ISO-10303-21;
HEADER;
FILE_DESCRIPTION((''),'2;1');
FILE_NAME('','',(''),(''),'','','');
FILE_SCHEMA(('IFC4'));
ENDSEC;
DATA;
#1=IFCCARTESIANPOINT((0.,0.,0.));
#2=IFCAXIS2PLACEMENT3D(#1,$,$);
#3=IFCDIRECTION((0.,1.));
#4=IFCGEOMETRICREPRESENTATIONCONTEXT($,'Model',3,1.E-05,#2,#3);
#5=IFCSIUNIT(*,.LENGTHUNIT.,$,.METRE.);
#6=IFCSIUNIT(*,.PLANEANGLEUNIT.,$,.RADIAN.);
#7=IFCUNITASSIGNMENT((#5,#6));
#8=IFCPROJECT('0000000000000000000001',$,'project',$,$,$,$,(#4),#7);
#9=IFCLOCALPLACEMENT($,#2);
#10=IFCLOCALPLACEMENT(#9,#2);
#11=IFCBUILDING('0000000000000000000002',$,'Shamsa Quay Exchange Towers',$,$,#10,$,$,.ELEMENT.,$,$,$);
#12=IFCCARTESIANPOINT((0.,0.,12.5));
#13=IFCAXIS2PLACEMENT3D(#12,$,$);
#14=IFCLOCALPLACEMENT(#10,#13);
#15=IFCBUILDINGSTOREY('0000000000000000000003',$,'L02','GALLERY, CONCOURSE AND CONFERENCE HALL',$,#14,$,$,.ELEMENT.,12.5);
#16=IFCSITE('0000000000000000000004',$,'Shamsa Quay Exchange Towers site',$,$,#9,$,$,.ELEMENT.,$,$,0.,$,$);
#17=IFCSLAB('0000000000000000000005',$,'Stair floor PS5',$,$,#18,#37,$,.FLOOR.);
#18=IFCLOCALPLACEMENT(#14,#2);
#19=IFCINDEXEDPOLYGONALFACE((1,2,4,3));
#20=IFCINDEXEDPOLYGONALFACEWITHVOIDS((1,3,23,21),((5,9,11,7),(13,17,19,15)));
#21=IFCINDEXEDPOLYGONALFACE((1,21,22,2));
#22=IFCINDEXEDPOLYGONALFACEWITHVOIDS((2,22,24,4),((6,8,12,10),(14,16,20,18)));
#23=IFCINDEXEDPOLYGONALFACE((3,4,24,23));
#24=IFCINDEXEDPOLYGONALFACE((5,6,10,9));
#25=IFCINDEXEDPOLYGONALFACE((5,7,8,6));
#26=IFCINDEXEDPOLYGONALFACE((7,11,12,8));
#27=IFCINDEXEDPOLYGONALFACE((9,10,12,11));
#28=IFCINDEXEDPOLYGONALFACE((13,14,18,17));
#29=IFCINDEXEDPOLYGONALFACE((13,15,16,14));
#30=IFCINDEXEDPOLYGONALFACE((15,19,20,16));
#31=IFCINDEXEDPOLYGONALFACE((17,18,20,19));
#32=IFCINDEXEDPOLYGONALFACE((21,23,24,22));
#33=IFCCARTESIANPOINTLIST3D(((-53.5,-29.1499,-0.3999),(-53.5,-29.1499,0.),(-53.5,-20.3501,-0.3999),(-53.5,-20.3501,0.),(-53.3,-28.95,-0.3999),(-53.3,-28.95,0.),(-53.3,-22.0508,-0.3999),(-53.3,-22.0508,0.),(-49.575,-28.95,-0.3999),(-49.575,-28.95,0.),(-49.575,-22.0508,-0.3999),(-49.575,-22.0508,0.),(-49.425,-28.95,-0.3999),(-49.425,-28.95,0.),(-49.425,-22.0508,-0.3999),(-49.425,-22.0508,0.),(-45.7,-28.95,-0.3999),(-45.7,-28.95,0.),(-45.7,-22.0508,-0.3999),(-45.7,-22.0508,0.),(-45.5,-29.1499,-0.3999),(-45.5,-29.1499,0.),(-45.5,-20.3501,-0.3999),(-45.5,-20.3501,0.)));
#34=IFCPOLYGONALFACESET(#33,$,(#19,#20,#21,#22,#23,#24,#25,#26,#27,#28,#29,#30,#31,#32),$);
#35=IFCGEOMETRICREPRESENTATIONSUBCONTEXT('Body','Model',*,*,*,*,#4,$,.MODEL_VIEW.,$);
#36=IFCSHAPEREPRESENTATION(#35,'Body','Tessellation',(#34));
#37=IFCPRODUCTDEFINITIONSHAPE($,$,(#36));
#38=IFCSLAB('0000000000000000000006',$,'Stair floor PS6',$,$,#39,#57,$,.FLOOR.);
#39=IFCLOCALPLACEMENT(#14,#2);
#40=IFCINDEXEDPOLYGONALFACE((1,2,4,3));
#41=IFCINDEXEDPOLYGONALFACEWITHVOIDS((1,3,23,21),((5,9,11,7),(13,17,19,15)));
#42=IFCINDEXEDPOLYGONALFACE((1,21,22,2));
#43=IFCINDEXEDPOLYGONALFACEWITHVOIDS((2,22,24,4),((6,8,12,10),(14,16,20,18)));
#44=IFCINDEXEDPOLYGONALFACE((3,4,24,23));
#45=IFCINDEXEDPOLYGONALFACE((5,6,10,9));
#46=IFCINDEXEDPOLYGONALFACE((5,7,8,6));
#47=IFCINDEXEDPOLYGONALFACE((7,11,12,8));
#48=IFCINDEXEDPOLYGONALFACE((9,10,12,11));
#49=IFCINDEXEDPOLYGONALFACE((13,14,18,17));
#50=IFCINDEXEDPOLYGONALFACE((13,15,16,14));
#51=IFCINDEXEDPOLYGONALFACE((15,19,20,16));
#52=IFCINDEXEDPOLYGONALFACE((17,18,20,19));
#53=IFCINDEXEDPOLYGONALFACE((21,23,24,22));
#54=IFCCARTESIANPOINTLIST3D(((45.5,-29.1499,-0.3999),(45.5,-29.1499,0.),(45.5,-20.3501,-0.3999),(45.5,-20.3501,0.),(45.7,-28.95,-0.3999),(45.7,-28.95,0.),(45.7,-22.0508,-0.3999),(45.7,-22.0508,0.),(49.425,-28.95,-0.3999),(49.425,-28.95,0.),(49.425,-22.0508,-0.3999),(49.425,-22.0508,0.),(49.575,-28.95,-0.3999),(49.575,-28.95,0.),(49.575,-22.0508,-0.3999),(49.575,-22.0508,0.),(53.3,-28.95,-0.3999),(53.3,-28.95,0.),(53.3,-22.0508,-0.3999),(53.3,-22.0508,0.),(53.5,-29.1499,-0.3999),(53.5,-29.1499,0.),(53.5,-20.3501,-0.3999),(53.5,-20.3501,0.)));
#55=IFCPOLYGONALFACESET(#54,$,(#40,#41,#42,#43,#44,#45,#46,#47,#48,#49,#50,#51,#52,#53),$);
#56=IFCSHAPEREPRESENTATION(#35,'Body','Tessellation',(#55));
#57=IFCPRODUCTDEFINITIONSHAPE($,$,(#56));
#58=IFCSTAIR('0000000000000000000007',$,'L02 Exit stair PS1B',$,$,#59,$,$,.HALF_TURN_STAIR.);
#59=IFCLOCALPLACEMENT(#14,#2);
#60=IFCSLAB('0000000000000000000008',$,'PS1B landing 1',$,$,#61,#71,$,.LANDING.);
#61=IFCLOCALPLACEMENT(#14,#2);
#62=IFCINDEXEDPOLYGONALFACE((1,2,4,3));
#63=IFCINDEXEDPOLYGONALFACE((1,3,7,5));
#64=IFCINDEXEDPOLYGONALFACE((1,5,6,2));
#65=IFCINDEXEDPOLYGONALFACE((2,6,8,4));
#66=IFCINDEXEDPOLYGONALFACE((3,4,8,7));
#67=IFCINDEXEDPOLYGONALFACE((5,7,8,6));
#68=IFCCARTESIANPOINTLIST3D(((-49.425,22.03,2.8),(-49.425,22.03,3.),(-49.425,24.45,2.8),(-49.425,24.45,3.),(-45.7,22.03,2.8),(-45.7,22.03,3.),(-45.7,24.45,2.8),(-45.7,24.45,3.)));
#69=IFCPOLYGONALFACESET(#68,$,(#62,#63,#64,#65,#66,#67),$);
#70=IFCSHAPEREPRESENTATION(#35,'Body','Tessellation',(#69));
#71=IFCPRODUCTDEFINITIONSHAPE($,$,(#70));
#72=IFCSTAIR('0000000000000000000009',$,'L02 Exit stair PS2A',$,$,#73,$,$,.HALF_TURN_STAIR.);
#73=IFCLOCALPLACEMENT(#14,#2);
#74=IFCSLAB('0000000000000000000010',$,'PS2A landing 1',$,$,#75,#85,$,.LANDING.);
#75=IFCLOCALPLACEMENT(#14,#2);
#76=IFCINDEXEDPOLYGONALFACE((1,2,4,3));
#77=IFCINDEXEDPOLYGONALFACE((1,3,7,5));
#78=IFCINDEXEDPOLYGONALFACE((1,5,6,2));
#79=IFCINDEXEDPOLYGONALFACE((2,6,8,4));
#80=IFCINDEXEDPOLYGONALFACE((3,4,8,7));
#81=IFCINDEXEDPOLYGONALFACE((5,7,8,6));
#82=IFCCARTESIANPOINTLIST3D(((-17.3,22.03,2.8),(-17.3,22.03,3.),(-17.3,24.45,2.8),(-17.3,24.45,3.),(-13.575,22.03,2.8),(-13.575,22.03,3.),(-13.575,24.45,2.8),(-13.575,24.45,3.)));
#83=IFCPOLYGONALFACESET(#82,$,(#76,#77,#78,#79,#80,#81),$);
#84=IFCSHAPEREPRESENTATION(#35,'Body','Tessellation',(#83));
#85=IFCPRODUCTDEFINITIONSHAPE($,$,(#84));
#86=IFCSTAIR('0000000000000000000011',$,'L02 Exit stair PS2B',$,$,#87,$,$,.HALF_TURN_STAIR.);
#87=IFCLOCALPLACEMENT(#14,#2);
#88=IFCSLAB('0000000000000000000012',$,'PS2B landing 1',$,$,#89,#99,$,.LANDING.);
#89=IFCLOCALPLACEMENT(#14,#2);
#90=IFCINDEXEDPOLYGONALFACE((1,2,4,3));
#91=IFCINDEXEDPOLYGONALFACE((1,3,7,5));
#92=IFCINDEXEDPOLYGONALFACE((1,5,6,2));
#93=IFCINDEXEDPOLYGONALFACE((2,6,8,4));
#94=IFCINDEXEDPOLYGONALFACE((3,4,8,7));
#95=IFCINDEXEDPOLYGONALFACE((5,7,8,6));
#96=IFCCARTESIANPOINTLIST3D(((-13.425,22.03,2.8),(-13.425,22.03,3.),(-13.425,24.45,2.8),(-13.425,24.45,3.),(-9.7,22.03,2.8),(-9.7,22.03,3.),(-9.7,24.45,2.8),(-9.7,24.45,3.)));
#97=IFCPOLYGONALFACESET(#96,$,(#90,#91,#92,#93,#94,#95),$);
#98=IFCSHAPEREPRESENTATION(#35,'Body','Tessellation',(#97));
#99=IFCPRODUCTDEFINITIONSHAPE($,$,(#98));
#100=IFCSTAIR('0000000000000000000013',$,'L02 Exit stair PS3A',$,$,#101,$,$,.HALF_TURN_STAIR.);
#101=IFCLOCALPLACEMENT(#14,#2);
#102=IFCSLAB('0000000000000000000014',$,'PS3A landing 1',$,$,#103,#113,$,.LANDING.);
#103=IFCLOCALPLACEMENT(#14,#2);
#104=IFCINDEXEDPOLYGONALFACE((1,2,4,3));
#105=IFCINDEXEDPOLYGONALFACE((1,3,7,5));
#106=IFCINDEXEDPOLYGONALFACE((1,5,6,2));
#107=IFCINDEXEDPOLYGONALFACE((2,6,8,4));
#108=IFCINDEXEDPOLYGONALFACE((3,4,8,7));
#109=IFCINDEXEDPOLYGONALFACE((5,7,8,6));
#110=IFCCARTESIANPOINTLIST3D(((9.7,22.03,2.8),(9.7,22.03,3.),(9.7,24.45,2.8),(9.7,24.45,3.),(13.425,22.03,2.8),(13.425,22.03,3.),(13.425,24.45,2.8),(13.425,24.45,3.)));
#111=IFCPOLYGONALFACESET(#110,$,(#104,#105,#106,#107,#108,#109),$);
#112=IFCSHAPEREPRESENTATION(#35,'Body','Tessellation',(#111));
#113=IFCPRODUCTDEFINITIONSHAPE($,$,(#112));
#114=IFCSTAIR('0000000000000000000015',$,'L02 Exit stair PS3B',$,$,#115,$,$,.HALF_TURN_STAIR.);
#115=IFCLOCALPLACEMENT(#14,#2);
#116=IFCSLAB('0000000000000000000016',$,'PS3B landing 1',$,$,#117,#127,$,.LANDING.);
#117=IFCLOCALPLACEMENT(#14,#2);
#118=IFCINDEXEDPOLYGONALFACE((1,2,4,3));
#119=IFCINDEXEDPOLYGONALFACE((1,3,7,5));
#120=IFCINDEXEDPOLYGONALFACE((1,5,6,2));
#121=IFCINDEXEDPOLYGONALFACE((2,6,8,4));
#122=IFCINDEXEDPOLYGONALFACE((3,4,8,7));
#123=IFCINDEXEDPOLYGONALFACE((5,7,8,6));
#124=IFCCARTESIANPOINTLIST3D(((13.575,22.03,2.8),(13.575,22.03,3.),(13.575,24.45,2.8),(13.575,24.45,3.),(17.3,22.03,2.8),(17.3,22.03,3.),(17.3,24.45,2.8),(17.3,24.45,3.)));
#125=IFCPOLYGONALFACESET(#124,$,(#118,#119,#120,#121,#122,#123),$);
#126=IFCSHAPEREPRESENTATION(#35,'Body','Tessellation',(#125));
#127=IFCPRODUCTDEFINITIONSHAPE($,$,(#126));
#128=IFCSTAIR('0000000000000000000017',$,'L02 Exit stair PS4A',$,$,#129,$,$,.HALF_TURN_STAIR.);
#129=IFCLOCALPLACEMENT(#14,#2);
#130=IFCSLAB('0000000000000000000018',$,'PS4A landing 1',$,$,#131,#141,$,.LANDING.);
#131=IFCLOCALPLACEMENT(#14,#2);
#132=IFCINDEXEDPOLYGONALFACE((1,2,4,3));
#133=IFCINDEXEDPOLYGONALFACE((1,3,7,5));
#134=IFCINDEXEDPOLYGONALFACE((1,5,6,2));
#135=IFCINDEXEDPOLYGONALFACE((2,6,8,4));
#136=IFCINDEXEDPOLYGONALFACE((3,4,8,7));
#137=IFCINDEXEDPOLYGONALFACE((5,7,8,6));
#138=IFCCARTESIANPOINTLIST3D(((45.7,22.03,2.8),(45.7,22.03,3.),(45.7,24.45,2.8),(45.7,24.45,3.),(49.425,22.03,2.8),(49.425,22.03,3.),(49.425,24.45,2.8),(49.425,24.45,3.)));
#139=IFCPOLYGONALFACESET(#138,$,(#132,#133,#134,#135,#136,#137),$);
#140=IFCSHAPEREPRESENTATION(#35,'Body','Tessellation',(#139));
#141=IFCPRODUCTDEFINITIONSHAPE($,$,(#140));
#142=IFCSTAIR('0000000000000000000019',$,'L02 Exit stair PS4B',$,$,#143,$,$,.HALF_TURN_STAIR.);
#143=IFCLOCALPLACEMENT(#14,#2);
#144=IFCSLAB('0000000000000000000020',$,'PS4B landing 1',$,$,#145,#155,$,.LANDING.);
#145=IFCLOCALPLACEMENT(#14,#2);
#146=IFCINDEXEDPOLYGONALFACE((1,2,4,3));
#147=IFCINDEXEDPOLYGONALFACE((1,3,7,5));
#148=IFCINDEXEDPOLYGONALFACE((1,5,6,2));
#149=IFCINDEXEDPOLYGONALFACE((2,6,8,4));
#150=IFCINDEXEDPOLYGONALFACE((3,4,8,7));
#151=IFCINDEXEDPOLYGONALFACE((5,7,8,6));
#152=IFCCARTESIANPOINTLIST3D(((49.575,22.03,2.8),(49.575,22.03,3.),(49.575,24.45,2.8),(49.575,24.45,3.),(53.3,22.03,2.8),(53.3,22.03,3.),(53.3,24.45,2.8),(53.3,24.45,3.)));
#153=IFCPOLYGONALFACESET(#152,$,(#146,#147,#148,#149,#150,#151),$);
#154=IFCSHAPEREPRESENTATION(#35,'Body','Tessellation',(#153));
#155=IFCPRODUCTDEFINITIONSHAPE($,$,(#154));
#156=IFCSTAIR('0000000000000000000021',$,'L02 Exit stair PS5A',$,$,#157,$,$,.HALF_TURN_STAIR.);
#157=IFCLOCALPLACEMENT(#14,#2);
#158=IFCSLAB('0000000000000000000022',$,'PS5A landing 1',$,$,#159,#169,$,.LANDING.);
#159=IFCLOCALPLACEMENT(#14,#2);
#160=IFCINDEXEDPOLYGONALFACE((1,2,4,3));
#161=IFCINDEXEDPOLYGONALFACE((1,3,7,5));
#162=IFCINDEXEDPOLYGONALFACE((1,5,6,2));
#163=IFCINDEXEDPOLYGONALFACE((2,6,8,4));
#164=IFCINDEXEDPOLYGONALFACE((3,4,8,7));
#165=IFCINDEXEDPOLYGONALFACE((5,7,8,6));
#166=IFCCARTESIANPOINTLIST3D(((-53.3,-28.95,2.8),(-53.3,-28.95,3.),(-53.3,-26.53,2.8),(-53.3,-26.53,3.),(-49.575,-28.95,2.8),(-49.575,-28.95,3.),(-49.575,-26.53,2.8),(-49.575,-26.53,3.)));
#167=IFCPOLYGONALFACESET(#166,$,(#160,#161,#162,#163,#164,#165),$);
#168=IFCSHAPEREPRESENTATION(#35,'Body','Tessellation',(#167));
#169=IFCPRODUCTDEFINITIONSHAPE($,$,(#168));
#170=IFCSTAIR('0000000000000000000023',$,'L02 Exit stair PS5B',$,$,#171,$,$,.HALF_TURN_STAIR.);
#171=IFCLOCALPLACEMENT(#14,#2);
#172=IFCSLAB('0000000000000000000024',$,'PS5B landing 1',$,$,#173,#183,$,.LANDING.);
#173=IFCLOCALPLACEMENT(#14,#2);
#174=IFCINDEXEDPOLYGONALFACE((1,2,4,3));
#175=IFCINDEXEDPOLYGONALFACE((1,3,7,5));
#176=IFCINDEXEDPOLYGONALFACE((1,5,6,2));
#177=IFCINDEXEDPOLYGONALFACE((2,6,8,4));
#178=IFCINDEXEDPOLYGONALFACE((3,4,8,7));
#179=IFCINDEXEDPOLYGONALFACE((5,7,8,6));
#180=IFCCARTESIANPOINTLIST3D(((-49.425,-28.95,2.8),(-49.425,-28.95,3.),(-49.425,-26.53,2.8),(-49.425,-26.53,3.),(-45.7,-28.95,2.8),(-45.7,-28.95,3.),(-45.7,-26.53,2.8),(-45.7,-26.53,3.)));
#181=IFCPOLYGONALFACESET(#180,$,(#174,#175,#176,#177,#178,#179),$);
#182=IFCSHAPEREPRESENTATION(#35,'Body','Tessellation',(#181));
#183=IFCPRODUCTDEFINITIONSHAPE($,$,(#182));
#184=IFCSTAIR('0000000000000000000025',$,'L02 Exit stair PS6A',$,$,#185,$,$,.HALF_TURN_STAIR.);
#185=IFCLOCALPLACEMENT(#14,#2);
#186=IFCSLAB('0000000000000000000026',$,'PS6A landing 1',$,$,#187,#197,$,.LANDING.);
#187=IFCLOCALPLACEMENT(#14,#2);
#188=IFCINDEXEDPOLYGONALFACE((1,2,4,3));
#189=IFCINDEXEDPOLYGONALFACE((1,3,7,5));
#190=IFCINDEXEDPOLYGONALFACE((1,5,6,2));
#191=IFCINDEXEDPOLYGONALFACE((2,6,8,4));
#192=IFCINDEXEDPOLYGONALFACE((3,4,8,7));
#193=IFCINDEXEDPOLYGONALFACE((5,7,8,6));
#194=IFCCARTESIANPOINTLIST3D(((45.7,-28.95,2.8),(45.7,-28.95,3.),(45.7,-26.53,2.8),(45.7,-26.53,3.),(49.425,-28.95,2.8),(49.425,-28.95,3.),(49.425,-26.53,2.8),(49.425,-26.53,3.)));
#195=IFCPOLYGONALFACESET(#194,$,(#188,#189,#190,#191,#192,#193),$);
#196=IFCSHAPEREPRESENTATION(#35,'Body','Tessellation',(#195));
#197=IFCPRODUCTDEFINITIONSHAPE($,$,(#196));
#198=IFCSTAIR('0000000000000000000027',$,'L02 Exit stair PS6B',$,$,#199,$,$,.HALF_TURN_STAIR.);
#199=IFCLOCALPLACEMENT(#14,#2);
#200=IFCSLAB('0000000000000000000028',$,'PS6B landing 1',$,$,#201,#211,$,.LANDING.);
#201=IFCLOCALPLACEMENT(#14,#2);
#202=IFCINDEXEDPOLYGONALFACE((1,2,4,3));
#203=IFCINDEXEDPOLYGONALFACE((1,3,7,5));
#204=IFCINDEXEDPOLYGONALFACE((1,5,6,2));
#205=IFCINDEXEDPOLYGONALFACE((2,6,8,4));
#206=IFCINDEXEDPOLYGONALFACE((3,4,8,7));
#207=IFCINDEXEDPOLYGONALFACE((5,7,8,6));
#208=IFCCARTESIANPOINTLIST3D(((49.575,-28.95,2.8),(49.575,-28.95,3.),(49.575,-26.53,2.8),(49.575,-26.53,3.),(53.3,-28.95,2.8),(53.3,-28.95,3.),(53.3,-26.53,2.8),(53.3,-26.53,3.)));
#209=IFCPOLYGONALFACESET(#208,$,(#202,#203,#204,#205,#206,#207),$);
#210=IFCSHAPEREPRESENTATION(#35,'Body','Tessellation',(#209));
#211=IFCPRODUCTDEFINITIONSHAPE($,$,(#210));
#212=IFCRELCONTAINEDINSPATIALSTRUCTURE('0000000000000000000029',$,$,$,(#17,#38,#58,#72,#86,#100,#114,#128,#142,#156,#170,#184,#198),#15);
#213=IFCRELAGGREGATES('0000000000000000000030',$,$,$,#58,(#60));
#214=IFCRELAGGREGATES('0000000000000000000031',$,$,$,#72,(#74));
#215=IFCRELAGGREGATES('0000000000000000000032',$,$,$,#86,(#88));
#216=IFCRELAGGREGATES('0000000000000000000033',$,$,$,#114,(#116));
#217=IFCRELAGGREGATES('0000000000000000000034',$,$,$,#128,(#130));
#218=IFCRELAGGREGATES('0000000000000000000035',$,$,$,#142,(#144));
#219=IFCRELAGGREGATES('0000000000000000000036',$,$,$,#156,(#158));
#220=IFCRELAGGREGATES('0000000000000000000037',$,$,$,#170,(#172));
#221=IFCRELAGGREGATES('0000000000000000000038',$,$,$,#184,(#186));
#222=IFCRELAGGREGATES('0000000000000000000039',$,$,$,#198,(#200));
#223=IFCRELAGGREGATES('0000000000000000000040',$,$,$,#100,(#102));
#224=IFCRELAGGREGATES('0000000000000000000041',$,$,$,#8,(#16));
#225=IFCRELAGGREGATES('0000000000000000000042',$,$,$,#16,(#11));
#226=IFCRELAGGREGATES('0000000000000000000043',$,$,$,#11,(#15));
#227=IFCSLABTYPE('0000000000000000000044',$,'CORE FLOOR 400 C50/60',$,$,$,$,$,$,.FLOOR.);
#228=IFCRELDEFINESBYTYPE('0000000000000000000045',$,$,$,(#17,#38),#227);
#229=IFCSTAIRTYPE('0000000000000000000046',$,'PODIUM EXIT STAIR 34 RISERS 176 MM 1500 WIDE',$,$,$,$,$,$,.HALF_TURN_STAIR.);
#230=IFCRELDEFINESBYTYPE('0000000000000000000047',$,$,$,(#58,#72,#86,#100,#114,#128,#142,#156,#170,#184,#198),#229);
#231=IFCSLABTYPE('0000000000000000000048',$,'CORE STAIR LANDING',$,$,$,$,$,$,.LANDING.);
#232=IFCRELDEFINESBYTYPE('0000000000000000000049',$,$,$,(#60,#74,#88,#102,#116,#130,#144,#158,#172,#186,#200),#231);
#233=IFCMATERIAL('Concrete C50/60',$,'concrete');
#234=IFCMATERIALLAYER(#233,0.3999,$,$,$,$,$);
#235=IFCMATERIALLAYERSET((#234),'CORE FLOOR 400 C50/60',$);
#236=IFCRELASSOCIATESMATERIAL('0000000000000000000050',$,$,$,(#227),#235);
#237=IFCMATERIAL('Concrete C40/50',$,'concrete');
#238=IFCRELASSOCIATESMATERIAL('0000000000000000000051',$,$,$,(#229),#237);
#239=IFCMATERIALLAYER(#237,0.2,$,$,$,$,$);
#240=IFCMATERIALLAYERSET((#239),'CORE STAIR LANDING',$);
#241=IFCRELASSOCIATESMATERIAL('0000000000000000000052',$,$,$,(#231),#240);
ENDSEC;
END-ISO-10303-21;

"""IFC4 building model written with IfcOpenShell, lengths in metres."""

from ifc_helpers import new_model, si_unit, direction, frame, origin, place, context, subcontext, project, spatial, polyline, outline, extrude, material, layer, layer_set, type_object, element, aggregate, save


model = new_model("IFC4")

# Units and contexts
model_context = context("Model", 3, precision=1e-05, world=origin(), true_north=direction((0.0, 1.0)))
body_context = subcontext(model_context, "Body", "Model", "MODEL_VIEW")
ifc_project = project(units=[si_unit("LENGTHUNIT", "METRE"), si_unit("PLANEANGLEUNIT", "RADIAN")], contexts=[model_context])

# Site, building, storey
site_placement = place(None, origin())
site = spatial("IfcSite", under=ifc_project, at=site_placement, Name="Shamsa Quay Exchange Towers site", CompositionType="ELEMENT", RefElevation=0.0)
building_placement = place(site_placement, origin())
building = spatial("IfcBuilding", under=site, at=building_placement, Name="Shamsa Quay Exchange Towers", CompositionType="ELEMENT")
storey_placement = place(building_placement, frame((0.0, 0.0, 12.5)))
storey = spatial("IfcBuildingStorey", under=building, at=storey_placement, Name="L02", Description="GALLERY, CONCOURSE AND CONFERENCE HALL", CompositionType="ELEMENT", Elevation=12.5)

# Slabs
ifc_material_1 = material(Name="Concrete C50/60", Category="concrete")
ifc_layer_1 = layer(ifc_material_1, 0.3999)
ifc_layer_set_1 = layer_set([ifc_layer_1], Name="CORE FLOOR 400 C50/60")
slab_type_1 = type_object("IfcSlabType", Name="CORE FLOOR 400 C50/60", PredefinedType="FLOOR", material=ifc_layer_set_1)
slab_1_placement = place(storey_placement, frame((0.0, 0.0, -0.3999)))
element("IfcSlab", 1, at=slab_1_placement, inside=storey, type_object=slab_type_1, Name="Stair floor PS5", PredefinedType="FLOOR", context=body_context, shape_type="SweptSolid", body=[
    extrude(outline(polyline([(-53.5, -29.1499), (-45.5, -29.1499), (-45.5, -20.3501), (-53.5, -20.3501), (-53.5, -29.1499)]), holes=[polyline([(-53.3, -22.0508), (-49.575, -22.0508), (-49.575, -28.95), (-53.3, -28.95), (-53.3, -22.0508)]), polyline([(-49.425, -22.0508), (-45.7, -22.0508), (-45.7, -28.95), (-49.425, -28.95), (-49.425, -22.0508)])]), origin(), (0.0, 0.0, 1.0), 0.3999),
])
slab_2_placement = place(storey_placement, frame((0.0, 0.0, -0.3999)))
element("IfcSlab", 2, at=slab_2_placement, inside=storey, type_object=slab_type_1, Name="Stair floor PS6", PredefinedType="FLOOR", context=body_context, shape_type="SweptSolid", body=[
    extrude(outline(polyline([(45.5, -29.1499), (53.5, -29.1499), (53.5, -20.3501), (45.5, -20.3501), (45.5, -29.1499)]), holes=[polyline([(45.7, -22.0508), (49.425, -22.0508), (49.425, -28.95), (45.7, -28.95), (45.7, -22.0508)]), polyline([(49.575, -22.0508), (53.3, -22.0508), (53.3, -28.95), (49.575, -28.95), (49.575, -22.0508)])]), origin(), (0.0, 0.0, 1.0), 0.3999),
])

# Stairs, slabs
ifc_material_2 = material(Name="Concrete C40/50", Category="concrete")
stair_type = type_object("IfcStairType", Name="PODIUM EXIT STAIR 34 RISERS 176 MM 1500 WIDE", PredefinedType="HALF_TURN_STAIR", material=ifc_material_2)
stair_1_placement = place(storey_placement, origin())
stair_1 = element("IfcStair", 3, at=stair_1_placement, inside=storey, type_object=stair_type, Name="L02 Exit stair PS1B", PredefinedType="HALF_TURN_STAIR")
ifc_layer_2 = layer(ifc_material_2, 0.2)
ifc_layer_set_2 = layer_set([ifc_layer_2], Name="CORE STAIR LANDING")
slab_type_2 = type_object("IfcSlabType", Name="CORE STAIR LANDING", PredefinedType="LANDING", material=ifc_layer_set_2)
slab_3_placement = place(storey_placement, frame((0.0, 0.0, 2.8)))
slab_3 = element("IfcSlab", 4, at=slab_3_placement, type_object=slab_type_2, Name="PS1B landing 1", PredefinedType="LANDING", context=body_context, shape_type="SweptSolid", body=[
    extrude(outline(polyline([(-45.7, 22.03), (-45.7, 24.45), (-49.425, 24.45), (-49.425, 22.03), (-45.7, 22.03)])), origin(), (0.0, 0.0, 1.0), 0.2),
])
aggregate(stair_1, [slab_3])
stair_2_placement = place(storey_placement, origin())
stair_2 = element("IfcStair", 5, at=stair_2_placement, inside=storey, type_object=stair_type, Name="L02 Exit stair PS2A", PredefinedType="HALF_TURN_STAIR")
slab_4_placement = place(storey_placement, frame((0.0, 0.0, 2.8)))
slab_4 = element("IfcSlab", 6, at=slab_4_placement, type_object=slab_type_2, Name="PS2A landing 1", PredefinedType="LANDING", context=body_context, shape_type="SweptSolid", body=[
    extrude(outline(polyline([(-13.575, 22.03), (-13.575, 24.45), (-17.3, 24.45), (-17.3, 22.03), (-13.575, 22.03)])), origin(), (0.0, 0.0, 1.0), 0.2),
])
aggregate(stair_2, [slab_4])
stair_3_placement = place(storey_placement, origin())
stair_3 = element("IfcStair", 7, at=stair_3_placement, inside=storey, type_object=stair_type, Name="L02 Exit stair PS2B", PredefinedType="HALF_TURN_STAIR")
slab_5_placement = place(storey_placement, frame((0.0, 0.0, 2.8)))
slab_5 = element("IfcSlab", 8, at=slab_5_placement, type_object=slab_type_2, Name="PS2B landing 1", PredefinedType="LANDING", context=body_context, shape_type="SweptSolid", body=[
    extrude(outline(polyline([(-9.7, 22.03), (-9.7, 24.45), (-13.425, 24.45), (-13.425, 22.03), (-9.7, 22.03)])), origin(), (0.0, 0.0, 1.0), 0.2),
])
aggregate(stair_3, [slab_5])
stair_4_placement = place(storey_placement, origin())
stair_4 = element("IfcStair", 9, at=stair_4_placement, inside=storey, type_object=stair_type, Name="L02 Exit stair PS3A", PredefinedType="HALF_TURN_STAIR")
slab_6_placement = place(storey_placement, frame((0.0, 0.0, 2.8)))
slab_6 = element("IfcSlab", 10, at=slab_6_placement, type_object=slab_type_2, Name="PS3A landing 1", PredefinedType="LANDING", context=body_context, shape_type="SweptSolid", body=[
    extrude(outline(polyline([(13.425, 22.03), (13.425, 24.45), (9.7, 24.45), (9.7, 22.03), (13.425, 22.03)])), origin(), (0.0, 0.0, 1.0), 0.2),
])
stair_5_placement = place(storey_placement, origin())
stair_5 = element("IfcStair", 11, at=stair_5_placement, inside=storey, type_object=stair_type, Name="L02 Exit stair PS3B", PredefinedType="HALF_TURN_STAIR")
slab_7_placement = place(storey_placement, frame((0.0, 0.0, 2.8)))
slab_7 = element("IfcSlab", 12, at=slab_7_placement, type_object=slab_type_2, Name="PS3B landing 1", PredefinedType="LANDING", context=body_context, shape_type="SweptSolid", body=[
    extrude(outline(polyline([(17.3, 22.03), (17.3, 24.45), (13.575, 24.45), (13.575, 22.03), (17.3, 22.03)])), origin(), (0.0, 0.0, 1.0), 0.2),
])
aggregate(stair_5, [slab_7])
stair_6_placement = place(storey_placement, origin())
stair_6 = element("IfcStair", 13, at=stair_6_placement, inside=storey, type_object=stair_type, Name="L02 Exit stair PS4A", PredefinedType="HALF_TURN_STAIR")
slab_8_placement = place(storey_placement, frame((0.0, 0.0, 2.8)))
slab_8 = element("IfcSlab", 14, at=slab_8_placement, type_object=slab_type_2, Name="PS4A landing 1", PredefinedType="LANDING", context=body_context, shape_type="SweptSolid", body=[
    extrude(outline(polyline([(49.425, 22.03), (49.425, 24.45), (45.7, 24.45), (45.7, 22.03), (49.425, 22.03)])), origin(), (0.0, 0.0, 1.0), 0.2),
])
aggregate(stair_6, [slab_8])
stair_7_placement = place(storey_placement, origin())
stair_7 = element("IfcStair", 15, at=stair_7_placement, inside=storey, type_object=stair_type, Name="L02 Exit stair PS4B", PredefinedType="HALF_TURN_STAIR")
slab_9_placement = place(storey_placement, frame((0.0, 0.0, 2.8)))
slab_9 = element("IfcSlab", 16, at=slab_9_placement, type_object=slab_type_2, Name="PS4B landing 1", PredefinedType="LANDING", context=body_context, shape_type="SweptSolid", body=[
    extrude(outline(polyline([(53.3, 22.03), (53.3, 24.45), (49.575, 24.45), (49.575, 22.03), (53.3, 22.03)])), origin(), (0.0, 0.0, 1.0), 0.2),
])
aggregate(stair_7, [slab_9])
stair_8_placement = place(storey_placement, origin())
stair_8 = element("IfcStair", 17, at=stair_8_placement, inside=storey, type_object=stair_type, Name="L02 Exit stair PS5A", PredefinedType="HALF_TURN_STAIR")
slab_10_placement = place(storey_placement, frame((0.0, 0.0, 2.8)))
slab_10 = element("IfcSlab", 18, at=slab_10_placement, type_object=slab_type_2, Name="PS5A landing 1", PredefinedType="LANDING", context=body_context, shape_type="SweptSolid", body=[
    extrude(outline(polyline([(-53.3, -26.53), (-53.3, -28.95), (-49.575, -28.95), (-49.575, -26.53), (-53.3, -26.53)])), origin(), (0.0, 0.0, 1.0), 0.2),
])
aggregate(stair_8, [slab_10])
stair_9_placement = place(storey_placement, origin())
stair_9 = element("IfcStair", 19, at=stair_9_placement, inside=storey, type_object=stair_type, Name="L02 Exit stair PS5B", PredefinedType="HALF_TURN_STAIR")
slab_11_placement = place(storey_placement, frame((0.0, 0.0, 2.8)))
slab_11 = element("IfcSlab", 20, at=slab_11_placement, type_object=slab_type_2, Name="PS5B landing 1", PredefinedType="LANDING", context=body_context, shape_type="SweptSolid", body=[
    extrude(outline(polyline([(-49.425, -26.53), (-49.425, -28.95), (-45.7, -28.95), (-45.7, -26.53), (-49.425, -26.53)])), origin(), (0.0, 0.0, 1.0), 0.2),
])
aggregate(stair_9, [slab_11])
stair_10_placement = place(storey_placement, origin())
stair_10 = element("IfcStair", 21, at=stair_10_placement, inside=storey, type_object=stair_type, Name="L02 Exit stair PS6A", PredefinedType="HALF_TURN_STAIR")
slab_12_placement = place(storey_placement, frame((0.0, 0.0, 2.8)))
slab_12 = element("IfcSlab", 22, at=slab_12_placement, type_object=slab_type_2, Name="PS6A landing 1", PredefinedType="LANDING", context=body_context, shape_type="SweptSolid", body=[
    extrude(outline(polyline([(45.7, -26.53), (45.7, -28.95), (49.425, -28.95), (49.425, -26.53), (45.7, -26.53)])), origin(), (0.0, 0.0, 1.0), 0.2),
])
aggregate(stair_10, [slab_12])
stair_11_placement = place(storey_placement, origin())
stair_11 = element("IfcStair", 23, at=stair_11_placement, inside=storey, type_object=stair_type, Name="L02 Exit stair PS6B", PredefinedType="HALF_TURN_STAIR")
slab_13_placement = place(storey_placement, frame((0.0, 0.0, 2.8)))
slab_13 = element("IfcSlab", 24, at=slab_13_placement, type_object=slab_type_2, Name="PS6B landing 1", PredefinedType="LANDING", context=body_context, shape_type="SweptSolid", body=[
    extrude(outline(polyline([(49.575, -26.53), (49.575, -28.95), (53.3, -28.95), (53.3, -26.53), (49.575, -26.53)])), origin(), (0.0, 0.0, 1.0), 0.2),
])
aggregate(stair_11, [slab_13])

aggregate(stair_4, [slab_6])

save(model, "model.ifc")
